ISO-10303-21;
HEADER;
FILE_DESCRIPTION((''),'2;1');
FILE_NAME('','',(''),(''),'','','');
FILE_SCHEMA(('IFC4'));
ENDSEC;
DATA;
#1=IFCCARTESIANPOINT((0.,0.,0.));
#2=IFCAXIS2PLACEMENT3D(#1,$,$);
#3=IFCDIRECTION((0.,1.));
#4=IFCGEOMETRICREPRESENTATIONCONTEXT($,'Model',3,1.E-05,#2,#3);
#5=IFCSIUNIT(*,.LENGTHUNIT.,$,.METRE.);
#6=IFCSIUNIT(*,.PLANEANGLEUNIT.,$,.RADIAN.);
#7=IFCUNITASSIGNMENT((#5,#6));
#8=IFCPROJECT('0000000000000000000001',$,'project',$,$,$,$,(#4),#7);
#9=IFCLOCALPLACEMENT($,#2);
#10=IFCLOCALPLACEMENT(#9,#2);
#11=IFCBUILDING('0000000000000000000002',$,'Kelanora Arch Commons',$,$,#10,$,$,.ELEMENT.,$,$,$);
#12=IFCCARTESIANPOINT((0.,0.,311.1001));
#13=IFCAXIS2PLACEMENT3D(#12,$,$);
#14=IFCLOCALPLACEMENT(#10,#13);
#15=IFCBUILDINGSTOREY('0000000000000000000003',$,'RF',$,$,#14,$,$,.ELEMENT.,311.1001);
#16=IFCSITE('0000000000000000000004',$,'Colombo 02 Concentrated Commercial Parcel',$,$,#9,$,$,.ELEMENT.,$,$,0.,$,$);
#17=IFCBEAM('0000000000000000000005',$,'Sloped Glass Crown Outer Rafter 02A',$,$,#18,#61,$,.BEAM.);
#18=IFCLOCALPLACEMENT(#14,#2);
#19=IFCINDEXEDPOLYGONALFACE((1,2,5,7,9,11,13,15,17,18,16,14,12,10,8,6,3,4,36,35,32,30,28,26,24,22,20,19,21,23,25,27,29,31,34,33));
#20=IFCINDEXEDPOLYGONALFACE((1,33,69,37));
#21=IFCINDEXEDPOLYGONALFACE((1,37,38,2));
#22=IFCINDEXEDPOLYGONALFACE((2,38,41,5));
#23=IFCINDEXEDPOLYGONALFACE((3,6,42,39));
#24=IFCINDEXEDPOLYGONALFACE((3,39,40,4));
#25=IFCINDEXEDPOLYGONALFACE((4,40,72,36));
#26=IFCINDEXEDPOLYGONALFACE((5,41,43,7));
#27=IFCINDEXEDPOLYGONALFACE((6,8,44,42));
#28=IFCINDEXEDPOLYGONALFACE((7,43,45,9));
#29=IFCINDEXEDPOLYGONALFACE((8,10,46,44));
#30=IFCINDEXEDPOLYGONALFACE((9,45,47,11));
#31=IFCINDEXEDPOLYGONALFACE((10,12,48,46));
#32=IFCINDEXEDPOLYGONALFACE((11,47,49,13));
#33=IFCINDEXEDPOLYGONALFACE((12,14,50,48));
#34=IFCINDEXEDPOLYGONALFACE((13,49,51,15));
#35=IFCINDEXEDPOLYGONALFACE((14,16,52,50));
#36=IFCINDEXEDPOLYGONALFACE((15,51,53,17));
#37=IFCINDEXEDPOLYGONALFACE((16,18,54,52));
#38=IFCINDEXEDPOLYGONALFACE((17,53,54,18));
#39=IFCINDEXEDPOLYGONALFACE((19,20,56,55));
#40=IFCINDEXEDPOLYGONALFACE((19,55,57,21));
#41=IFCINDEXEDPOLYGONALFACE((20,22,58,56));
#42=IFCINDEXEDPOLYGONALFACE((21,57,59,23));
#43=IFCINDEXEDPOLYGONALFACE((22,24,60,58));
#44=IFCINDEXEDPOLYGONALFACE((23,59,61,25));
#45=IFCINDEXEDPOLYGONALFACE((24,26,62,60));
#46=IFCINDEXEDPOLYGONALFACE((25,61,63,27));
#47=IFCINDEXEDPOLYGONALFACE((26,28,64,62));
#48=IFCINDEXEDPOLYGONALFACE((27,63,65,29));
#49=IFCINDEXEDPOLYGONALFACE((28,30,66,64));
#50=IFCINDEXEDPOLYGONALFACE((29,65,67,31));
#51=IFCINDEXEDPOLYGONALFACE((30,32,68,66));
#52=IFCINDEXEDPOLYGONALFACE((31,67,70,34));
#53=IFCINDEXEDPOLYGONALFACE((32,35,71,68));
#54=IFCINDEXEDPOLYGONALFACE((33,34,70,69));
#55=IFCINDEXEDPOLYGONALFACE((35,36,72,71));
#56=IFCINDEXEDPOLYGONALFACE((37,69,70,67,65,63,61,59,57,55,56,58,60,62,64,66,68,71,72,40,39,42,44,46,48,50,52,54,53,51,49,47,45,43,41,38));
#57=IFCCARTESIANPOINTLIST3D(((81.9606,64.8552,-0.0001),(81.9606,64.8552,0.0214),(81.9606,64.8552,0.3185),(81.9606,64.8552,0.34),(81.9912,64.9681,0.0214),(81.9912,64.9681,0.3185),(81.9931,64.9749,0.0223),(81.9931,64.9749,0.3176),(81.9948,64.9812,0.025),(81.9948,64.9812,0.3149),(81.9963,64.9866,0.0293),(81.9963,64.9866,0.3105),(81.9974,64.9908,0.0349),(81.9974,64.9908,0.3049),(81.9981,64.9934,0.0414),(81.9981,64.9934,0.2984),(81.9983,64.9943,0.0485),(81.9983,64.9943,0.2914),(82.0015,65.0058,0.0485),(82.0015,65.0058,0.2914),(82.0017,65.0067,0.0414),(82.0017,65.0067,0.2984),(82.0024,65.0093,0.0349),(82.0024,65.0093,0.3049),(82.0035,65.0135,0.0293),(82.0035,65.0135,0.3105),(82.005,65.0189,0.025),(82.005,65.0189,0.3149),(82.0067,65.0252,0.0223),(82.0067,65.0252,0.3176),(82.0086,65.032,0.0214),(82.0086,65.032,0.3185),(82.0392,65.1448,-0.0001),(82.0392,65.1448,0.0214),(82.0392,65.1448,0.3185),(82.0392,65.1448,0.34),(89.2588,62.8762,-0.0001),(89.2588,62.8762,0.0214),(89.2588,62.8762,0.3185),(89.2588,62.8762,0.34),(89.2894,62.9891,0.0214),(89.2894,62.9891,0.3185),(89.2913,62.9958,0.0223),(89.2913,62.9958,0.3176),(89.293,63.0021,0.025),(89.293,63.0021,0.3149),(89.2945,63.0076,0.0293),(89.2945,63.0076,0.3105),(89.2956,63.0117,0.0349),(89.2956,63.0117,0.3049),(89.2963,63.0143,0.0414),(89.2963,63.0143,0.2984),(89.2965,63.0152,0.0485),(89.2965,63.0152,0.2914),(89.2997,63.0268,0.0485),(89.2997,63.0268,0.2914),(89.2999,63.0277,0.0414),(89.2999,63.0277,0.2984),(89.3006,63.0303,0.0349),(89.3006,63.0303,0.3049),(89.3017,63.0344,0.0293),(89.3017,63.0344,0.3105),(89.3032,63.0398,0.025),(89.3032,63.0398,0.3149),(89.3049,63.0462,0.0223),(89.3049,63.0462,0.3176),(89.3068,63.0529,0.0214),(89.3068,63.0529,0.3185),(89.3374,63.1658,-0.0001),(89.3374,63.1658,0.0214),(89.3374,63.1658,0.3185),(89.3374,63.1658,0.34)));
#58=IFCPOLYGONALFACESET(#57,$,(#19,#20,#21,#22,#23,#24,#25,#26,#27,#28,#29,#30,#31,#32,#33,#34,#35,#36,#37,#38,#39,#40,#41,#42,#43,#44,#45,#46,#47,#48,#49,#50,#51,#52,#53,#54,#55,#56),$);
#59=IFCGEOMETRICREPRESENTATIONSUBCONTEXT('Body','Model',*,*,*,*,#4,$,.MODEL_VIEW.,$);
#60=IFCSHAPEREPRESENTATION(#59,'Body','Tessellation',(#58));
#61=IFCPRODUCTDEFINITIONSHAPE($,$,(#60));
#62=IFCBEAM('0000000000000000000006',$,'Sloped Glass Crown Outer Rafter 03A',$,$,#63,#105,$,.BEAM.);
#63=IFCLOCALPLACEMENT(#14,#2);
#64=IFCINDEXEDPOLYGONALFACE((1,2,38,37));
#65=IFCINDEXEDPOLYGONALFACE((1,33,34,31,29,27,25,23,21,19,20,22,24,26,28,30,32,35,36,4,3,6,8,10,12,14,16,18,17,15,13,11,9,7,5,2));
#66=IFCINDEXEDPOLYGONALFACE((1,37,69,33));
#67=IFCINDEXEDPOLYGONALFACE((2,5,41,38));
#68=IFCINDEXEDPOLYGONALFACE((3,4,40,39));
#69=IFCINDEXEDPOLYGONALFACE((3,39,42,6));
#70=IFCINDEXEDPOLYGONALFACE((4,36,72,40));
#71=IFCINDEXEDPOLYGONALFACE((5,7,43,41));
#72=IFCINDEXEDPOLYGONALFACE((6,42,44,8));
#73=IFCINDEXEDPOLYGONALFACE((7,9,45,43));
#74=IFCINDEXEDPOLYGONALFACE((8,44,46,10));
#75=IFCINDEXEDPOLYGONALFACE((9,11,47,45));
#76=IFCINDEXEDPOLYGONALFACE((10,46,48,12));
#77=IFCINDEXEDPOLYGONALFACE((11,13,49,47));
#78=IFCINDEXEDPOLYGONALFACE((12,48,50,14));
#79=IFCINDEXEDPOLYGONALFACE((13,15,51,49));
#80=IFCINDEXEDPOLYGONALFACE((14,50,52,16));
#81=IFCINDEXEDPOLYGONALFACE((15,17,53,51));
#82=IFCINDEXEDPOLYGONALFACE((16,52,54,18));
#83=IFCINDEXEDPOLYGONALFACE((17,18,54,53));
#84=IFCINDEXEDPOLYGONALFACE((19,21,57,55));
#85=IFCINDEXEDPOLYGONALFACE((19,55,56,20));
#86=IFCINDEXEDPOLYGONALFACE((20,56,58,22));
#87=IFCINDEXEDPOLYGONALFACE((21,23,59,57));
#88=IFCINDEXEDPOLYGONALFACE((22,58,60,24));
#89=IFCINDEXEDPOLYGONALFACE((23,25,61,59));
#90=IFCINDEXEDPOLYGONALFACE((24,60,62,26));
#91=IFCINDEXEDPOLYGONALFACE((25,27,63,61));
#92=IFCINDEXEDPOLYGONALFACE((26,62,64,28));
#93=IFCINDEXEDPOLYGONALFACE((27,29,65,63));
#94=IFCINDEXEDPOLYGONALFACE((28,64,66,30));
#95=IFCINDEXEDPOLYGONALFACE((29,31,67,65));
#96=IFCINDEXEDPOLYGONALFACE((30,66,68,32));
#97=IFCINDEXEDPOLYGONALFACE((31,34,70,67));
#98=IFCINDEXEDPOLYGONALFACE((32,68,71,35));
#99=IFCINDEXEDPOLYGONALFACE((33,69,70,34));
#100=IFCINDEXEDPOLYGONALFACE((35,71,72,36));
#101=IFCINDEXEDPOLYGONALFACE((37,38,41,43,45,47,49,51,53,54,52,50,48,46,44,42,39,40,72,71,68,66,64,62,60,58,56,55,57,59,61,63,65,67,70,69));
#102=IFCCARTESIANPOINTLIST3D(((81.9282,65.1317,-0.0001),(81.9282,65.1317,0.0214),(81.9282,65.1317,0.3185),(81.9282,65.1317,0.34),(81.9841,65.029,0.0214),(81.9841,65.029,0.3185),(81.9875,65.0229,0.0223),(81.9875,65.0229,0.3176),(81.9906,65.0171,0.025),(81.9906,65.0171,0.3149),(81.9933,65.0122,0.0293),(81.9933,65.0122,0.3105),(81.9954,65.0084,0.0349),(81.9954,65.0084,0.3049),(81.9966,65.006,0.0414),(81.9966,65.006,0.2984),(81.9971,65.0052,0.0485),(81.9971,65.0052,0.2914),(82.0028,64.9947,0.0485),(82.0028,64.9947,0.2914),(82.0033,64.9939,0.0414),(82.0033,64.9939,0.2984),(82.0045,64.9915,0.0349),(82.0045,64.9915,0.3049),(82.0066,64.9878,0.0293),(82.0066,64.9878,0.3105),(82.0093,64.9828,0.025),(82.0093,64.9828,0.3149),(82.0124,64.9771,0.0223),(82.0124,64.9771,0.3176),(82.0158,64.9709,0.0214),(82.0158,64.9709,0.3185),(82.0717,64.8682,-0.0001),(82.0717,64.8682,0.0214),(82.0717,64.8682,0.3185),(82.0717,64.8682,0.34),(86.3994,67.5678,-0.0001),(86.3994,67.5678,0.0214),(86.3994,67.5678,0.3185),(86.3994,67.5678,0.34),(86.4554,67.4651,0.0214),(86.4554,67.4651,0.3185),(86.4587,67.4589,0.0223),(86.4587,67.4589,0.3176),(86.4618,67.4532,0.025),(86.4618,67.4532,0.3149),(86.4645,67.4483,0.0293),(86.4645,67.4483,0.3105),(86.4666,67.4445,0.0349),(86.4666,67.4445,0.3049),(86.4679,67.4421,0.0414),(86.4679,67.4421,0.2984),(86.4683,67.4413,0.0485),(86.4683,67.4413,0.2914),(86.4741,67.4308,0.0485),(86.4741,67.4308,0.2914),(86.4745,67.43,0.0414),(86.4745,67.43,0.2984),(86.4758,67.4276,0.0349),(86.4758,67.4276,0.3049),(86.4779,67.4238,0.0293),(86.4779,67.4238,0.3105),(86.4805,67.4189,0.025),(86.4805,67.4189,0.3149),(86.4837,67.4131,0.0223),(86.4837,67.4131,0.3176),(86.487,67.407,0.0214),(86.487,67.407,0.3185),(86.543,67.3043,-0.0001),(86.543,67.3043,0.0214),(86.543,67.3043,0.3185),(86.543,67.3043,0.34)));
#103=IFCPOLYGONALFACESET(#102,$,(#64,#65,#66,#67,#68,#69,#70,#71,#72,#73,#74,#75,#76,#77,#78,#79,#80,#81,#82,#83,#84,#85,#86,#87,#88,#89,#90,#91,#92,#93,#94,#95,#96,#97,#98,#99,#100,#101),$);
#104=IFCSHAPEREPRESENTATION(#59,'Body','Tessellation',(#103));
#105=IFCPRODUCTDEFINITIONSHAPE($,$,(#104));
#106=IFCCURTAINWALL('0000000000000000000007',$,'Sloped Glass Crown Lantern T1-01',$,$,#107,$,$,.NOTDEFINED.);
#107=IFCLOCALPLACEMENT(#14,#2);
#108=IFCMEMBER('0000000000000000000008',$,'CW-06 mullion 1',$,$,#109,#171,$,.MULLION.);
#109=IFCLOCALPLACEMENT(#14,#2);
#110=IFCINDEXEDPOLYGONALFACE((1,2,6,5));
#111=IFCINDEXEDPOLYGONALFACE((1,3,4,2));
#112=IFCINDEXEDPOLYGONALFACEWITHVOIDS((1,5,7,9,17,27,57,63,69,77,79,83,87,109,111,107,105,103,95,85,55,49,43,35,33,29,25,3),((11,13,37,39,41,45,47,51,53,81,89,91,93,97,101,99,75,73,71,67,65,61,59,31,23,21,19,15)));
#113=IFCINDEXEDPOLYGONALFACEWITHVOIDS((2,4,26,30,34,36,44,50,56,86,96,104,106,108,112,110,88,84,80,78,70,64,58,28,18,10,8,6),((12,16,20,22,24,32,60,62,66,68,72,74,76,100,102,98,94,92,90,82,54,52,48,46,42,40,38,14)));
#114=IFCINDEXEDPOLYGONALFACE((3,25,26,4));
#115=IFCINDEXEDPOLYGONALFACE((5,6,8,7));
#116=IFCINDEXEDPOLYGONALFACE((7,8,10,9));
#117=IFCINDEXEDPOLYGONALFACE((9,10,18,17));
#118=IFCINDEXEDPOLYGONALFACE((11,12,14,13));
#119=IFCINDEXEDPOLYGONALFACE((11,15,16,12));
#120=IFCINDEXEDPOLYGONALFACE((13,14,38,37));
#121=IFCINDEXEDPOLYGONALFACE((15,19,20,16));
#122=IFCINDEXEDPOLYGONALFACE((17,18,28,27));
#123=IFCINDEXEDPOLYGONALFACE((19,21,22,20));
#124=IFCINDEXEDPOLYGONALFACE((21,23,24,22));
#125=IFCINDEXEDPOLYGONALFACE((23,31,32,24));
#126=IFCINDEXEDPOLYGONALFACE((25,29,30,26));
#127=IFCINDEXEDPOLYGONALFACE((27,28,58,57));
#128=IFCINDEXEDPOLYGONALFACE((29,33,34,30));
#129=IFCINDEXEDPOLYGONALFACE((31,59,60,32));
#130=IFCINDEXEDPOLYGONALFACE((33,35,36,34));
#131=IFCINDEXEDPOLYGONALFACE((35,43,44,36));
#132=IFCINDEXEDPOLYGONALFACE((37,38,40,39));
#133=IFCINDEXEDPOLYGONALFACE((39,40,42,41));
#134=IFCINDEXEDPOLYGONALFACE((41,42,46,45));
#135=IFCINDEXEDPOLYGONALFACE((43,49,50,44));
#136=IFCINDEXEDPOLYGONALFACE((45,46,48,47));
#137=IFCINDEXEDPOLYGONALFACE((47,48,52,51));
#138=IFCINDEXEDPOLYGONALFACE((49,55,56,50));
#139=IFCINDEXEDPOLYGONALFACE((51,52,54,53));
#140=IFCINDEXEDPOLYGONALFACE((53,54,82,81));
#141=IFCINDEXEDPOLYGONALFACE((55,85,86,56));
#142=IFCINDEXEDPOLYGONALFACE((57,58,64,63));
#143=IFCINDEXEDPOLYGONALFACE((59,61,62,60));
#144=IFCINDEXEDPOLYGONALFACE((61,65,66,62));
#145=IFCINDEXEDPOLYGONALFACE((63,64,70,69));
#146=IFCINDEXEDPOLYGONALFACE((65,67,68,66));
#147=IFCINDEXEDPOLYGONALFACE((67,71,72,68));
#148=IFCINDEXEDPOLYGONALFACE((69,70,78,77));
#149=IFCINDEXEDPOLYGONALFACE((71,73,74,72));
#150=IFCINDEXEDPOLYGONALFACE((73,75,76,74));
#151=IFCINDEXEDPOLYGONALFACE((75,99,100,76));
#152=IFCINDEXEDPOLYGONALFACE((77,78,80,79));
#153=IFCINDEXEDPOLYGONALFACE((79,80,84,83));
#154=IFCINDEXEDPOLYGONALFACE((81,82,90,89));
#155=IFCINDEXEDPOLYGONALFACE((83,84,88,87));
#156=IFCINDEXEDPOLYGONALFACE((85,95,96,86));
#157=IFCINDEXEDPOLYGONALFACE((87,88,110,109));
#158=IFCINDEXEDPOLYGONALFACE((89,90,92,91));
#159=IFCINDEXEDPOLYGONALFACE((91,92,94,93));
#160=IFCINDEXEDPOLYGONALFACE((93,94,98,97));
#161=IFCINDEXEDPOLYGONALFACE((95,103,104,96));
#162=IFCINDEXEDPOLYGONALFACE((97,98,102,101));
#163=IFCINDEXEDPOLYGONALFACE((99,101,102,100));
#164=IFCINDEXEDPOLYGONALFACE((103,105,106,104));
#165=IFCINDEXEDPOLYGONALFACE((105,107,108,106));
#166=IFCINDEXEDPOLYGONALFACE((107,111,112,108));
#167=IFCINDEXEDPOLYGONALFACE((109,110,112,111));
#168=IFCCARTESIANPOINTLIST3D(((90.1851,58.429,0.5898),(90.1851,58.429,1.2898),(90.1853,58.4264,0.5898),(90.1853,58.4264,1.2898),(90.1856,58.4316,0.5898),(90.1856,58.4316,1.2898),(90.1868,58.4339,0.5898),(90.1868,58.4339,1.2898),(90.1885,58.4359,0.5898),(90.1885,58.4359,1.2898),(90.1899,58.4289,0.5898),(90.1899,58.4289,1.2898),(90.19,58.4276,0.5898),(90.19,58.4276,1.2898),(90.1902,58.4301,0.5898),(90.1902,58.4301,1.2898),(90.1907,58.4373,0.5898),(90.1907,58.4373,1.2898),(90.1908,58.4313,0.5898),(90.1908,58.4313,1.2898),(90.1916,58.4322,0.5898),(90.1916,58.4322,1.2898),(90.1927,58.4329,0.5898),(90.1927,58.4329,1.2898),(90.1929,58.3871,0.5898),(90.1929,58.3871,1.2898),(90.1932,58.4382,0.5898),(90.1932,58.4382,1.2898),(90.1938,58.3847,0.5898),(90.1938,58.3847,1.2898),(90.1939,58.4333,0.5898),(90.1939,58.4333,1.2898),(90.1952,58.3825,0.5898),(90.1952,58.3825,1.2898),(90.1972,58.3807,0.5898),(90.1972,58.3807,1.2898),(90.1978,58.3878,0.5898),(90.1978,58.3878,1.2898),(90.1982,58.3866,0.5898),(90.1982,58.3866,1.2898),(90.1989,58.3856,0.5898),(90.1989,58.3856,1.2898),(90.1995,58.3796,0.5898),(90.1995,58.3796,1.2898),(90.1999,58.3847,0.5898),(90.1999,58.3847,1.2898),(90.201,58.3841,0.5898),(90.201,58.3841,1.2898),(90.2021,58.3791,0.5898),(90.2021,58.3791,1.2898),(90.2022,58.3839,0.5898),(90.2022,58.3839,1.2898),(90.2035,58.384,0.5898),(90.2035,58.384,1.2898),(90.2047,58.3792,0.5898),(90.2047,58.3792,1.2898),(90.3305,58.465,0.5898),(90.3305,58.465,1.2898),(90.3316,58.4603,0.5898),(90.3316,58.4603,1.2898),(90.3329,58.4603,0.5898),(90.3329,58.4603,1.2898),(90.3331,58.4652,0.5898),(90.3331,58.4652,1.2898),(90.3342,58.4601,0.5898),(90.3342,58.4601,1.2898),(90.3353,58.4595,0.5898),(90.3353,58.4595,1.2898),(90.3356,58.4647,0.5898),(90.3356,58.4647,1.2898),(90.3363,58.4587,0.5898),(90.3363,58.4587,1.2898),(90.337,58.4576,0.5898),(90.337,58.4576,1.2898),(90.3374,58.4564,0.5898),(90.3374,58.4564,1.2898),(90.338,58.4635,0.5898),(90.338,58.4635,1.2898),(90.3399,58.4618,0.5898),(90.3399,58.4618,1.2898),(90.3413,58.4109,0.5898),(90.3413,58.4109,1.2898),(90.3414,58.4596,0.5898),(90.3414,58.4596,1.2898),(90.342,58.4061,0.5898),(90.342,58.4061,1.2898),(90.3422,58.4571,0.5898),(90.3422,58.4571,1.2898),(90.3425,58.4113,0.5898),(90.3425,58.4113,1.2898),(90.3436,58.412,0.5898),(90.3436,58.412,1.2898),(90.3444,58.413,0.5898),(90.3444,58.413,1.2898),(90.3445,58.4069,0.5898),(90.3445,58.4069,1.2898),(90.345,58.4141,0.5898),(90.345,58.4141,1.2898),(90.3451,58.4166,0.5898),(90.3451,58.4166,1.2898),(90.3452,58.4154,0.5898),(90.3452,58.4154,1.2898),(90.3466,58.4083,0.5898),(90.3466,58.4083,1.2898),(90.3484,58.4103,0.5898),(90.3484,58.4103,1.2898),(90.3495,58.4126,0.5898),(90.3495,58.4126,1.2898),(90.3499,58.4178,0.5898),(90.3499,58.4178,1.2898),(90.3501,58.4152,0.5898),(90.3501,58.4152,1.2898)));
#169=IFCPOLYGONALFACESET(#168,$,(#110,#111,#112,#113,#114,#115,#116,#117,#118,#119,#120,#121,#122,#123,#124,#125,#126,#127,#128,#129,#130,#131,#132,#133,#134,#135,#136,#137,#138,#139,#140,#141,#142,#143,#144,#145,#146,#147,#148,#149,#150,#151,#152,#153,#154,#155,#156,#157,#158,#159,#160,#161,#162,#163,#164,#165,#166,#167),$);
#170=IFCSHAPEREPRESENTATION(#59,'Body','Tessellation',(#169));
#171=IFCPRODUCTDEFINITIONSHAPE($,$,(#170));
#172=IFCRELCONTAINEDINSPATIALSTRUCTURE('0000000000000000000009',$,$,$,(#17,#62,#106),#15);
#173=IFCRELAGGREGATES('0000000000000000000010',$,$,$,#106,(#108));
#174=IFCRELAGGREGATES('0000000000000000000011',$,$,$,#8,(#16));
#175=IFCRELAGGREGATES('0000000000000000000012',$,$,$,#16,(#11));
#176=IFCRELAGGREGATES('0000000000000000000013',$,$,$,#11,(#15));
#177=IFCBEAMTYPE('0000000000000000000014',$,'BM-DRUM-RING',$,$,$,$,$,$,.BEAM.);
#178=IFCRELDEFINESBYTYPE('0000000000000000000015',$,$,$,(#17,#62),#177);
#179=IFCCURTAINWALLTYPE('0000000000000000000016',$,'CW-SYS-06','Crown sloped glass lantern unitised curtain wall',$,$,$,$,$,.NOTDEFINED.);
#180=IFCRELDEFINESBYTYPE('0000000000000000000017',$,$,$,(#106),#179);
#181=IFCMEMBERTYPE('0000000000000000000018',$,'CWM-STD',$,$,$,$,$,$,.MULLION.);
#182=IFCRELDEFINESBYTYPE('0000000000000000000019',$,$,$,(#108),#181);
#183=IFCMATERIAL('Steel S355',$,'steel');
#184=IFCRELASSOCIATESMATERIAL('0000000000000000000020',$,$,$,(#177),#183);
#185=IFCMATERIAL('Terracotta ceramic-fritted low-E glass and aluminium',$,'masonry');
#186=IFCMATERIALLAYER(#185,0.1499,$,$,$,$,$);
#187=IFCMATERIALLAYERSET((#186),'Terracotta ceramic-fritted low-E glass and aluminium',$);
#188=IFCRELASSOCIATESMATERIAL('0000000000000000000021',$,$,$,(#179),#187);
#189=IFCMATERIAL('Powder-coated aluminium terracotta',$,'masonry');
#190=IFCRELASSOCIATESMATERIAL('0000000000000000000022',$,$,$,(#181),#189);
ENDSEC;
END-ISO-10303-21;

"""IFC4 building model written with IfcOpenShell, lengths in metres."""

from ifc_helpers import new_model, si_unit, direction, frame, origin, origin_2d, place, context, subcontext, project, spatial, hollow_rectangle, i_section, extrude, material, layer, layer_set, material_profile, profile_set, type_object, element, aggregate, save


model = new_model("IFC4")

# Units and contexts
model_context = context("Model", 3, precision=1e-05, world=origin(), true_north=direction((0.0, 1.0)))
body_context = subcontext(model_context, "Body", "Model", "MODEL_VIEW")
ifc_project = project(units=[si_unit("LENGTHUNIT", "METRE"), si_unit("PLANEANGLEUNIT", "RADIAN")], contexts=[model_context])

# Site, building, storey
site_placement = place(None, origin())
site = spatial("IfcSite", under=ifc_project, at=site_placement, Name="Colombo 02 Concentrated Commercial Parcel", CompositionType="ELEMENT", RefElevation=0.0)
building_placement = place(site_placement, origin())
building = spatial("IfcBuilding", under=site, at=building_placement, Name="Kelanora Arch Commons", CompositionType="ELEMENT")
storey_placement = place(building_placement, frame((0.0, 0.0, 311.1001)))
storey = spatial("IfcBuildingStorey", under=building, at=storey_placement, Name="RF", CompositionType="ELEMENT", Elevation=311.1001)

# Beams
ifc_material_1 = material(Name="Steel S355", Category="steel")
ifc_material_profile_1 = material_profile(ifc_material_1, i_section(OverallWidth=0.3, OverallDepth=0.3401, WebThickness=0.012, FlangeThickness=0.0215, FilletRadius=0.0271, at=origin_2d()), Name="HEB340")
ifc_profile_set_1 = profile_set([ifc_material_profile_1], Name="Steel S355")
beam_type = type_object("IfcBeamType", Name="BM-DRUM-RING", PredefinedType="BEAM", material=ifc_profile_set_1)
beam_1_placement = place(storey_placement, frame((89.2981, 63.021, 0.1699), z_axis=(-0.965145, 0.261716, 0.0), x_axis=(-0.261716, -0.965145, 0.0)))
element("IfcBeam", 1, at=beam_1_placement, inside=storey, type_object=beam_type, Name="Sloped Glass Crown Outer Rafter 02A", PredefinedType="BEAM", context=body_context, shape_type="SweptSolid", body=[
    extrude(i_section(OverallWidth=0.3, OverallDepth=0.3401, WebThickness=0.012, FlangeThickness=0.0215, FilletRadius=0.0271, at=origin_2d()), origin(), (0.0, 0.0, 1.0), 7.5618),
])
beam_2_placement = place(storey_placement, frame((86.4712, 67.436, 0.1699), z_axis=(-0.878126, -0.478429, 0.0), x_axis=(0.478429, -0.878126, 0.0)))
element("IfcBeam", 2, at=beam_2_placement, inside=storey, type_object=beam_type, Name="Sloped Glass Crown Outer Rafter 03A", PredefinedType="BEAM", context=body_context, shape_type="SweptSolid", body=[
    extrude(i_section(OverallWidth=0.3, OverallDepth=0.3401, WebThickness=0.012, FlangeThickness=0.0215, FilletRadius=0.0271, at=origin_2d()), origin(), (0.0, 0.0, 1.0), 5.0918),
])

# Curtain wall, member
ifc_material_2 = material(Name="Terracotta ceramic-fritted low-E glass and aluminium", Category="masonry")
ifc_layer_1 = layer(ifc_material_2, 0.1499)
ifc_layer_set_1 = layer_set([ifc_layer_1], Name="Terracotta ceramic-fritted low-E glass and aluminium")
curtain_wall_type = type_object("IfcCurtainWallType", Name="CW-SYS-06", Description="Crown sloped glass lantern unitised curtain wall", PredefinedType="NOTDEFINED", material=ifc_layer_set_1)
curtain_wall_1_placement = place(storey_placement, origin())
curtain_wall_1 = element("IfcCurtainWall", 3, at=curtain_wall_1_placement, inside=storey, type_object=curtain_wall_type, Name="Sloped Glass Crown Lantern T1-01", PredefinedType="NOTDEFINED")
ifc_material_3 = material(Name="Powder-coated aluminium terracotta", Category="masonry")
ifc_material_profile_2 = material_profile(ifc_material_3, hollow_rectangle(XDim=0.1599, YDim=0.0601, WallThickness=0.0049, InnerFilletRadius=0.0049, OuterFilletRadius=0.01, at=origin_2d()), Name="CWM160x60")
ifc_profile_set_2 = profile_set([ifc_material_profile_2], Name="Powder-coated aluminium terracotta")
member_type_1 = type_object("IfcMemberType", Name="CWM-STD", PredefinedType="MULLION", material=ifc_profile_set_2)
member_1_placement = place(storey_placement, frame((90.2676, 58.4221, 0.5898), z_axis=(0.0, 0.0, 1.0), x_axis=(-0.981427, -0.191834, 0.0)))
member_1 = element("IfcMember", 4, at=member_1_placement, type_object=member_type_1, Name="CW-06 mullion 1", PredefinedType="MULLION", context=body_context, shape_type="SweptSolid", body=[
    extrude(hollow_rectangle(XDim=0.1599, YDim=0.0601, WallThickness=0.0049, InnerFilletRadius=0.0049, OuterFilletRadius=0.01, at=origin_2d()), origin(), (0.0, 0.0, 1.0), 0.7),
])

aggregate(curtain_wall_1, [member_1])

save(model, "model.ifc")
